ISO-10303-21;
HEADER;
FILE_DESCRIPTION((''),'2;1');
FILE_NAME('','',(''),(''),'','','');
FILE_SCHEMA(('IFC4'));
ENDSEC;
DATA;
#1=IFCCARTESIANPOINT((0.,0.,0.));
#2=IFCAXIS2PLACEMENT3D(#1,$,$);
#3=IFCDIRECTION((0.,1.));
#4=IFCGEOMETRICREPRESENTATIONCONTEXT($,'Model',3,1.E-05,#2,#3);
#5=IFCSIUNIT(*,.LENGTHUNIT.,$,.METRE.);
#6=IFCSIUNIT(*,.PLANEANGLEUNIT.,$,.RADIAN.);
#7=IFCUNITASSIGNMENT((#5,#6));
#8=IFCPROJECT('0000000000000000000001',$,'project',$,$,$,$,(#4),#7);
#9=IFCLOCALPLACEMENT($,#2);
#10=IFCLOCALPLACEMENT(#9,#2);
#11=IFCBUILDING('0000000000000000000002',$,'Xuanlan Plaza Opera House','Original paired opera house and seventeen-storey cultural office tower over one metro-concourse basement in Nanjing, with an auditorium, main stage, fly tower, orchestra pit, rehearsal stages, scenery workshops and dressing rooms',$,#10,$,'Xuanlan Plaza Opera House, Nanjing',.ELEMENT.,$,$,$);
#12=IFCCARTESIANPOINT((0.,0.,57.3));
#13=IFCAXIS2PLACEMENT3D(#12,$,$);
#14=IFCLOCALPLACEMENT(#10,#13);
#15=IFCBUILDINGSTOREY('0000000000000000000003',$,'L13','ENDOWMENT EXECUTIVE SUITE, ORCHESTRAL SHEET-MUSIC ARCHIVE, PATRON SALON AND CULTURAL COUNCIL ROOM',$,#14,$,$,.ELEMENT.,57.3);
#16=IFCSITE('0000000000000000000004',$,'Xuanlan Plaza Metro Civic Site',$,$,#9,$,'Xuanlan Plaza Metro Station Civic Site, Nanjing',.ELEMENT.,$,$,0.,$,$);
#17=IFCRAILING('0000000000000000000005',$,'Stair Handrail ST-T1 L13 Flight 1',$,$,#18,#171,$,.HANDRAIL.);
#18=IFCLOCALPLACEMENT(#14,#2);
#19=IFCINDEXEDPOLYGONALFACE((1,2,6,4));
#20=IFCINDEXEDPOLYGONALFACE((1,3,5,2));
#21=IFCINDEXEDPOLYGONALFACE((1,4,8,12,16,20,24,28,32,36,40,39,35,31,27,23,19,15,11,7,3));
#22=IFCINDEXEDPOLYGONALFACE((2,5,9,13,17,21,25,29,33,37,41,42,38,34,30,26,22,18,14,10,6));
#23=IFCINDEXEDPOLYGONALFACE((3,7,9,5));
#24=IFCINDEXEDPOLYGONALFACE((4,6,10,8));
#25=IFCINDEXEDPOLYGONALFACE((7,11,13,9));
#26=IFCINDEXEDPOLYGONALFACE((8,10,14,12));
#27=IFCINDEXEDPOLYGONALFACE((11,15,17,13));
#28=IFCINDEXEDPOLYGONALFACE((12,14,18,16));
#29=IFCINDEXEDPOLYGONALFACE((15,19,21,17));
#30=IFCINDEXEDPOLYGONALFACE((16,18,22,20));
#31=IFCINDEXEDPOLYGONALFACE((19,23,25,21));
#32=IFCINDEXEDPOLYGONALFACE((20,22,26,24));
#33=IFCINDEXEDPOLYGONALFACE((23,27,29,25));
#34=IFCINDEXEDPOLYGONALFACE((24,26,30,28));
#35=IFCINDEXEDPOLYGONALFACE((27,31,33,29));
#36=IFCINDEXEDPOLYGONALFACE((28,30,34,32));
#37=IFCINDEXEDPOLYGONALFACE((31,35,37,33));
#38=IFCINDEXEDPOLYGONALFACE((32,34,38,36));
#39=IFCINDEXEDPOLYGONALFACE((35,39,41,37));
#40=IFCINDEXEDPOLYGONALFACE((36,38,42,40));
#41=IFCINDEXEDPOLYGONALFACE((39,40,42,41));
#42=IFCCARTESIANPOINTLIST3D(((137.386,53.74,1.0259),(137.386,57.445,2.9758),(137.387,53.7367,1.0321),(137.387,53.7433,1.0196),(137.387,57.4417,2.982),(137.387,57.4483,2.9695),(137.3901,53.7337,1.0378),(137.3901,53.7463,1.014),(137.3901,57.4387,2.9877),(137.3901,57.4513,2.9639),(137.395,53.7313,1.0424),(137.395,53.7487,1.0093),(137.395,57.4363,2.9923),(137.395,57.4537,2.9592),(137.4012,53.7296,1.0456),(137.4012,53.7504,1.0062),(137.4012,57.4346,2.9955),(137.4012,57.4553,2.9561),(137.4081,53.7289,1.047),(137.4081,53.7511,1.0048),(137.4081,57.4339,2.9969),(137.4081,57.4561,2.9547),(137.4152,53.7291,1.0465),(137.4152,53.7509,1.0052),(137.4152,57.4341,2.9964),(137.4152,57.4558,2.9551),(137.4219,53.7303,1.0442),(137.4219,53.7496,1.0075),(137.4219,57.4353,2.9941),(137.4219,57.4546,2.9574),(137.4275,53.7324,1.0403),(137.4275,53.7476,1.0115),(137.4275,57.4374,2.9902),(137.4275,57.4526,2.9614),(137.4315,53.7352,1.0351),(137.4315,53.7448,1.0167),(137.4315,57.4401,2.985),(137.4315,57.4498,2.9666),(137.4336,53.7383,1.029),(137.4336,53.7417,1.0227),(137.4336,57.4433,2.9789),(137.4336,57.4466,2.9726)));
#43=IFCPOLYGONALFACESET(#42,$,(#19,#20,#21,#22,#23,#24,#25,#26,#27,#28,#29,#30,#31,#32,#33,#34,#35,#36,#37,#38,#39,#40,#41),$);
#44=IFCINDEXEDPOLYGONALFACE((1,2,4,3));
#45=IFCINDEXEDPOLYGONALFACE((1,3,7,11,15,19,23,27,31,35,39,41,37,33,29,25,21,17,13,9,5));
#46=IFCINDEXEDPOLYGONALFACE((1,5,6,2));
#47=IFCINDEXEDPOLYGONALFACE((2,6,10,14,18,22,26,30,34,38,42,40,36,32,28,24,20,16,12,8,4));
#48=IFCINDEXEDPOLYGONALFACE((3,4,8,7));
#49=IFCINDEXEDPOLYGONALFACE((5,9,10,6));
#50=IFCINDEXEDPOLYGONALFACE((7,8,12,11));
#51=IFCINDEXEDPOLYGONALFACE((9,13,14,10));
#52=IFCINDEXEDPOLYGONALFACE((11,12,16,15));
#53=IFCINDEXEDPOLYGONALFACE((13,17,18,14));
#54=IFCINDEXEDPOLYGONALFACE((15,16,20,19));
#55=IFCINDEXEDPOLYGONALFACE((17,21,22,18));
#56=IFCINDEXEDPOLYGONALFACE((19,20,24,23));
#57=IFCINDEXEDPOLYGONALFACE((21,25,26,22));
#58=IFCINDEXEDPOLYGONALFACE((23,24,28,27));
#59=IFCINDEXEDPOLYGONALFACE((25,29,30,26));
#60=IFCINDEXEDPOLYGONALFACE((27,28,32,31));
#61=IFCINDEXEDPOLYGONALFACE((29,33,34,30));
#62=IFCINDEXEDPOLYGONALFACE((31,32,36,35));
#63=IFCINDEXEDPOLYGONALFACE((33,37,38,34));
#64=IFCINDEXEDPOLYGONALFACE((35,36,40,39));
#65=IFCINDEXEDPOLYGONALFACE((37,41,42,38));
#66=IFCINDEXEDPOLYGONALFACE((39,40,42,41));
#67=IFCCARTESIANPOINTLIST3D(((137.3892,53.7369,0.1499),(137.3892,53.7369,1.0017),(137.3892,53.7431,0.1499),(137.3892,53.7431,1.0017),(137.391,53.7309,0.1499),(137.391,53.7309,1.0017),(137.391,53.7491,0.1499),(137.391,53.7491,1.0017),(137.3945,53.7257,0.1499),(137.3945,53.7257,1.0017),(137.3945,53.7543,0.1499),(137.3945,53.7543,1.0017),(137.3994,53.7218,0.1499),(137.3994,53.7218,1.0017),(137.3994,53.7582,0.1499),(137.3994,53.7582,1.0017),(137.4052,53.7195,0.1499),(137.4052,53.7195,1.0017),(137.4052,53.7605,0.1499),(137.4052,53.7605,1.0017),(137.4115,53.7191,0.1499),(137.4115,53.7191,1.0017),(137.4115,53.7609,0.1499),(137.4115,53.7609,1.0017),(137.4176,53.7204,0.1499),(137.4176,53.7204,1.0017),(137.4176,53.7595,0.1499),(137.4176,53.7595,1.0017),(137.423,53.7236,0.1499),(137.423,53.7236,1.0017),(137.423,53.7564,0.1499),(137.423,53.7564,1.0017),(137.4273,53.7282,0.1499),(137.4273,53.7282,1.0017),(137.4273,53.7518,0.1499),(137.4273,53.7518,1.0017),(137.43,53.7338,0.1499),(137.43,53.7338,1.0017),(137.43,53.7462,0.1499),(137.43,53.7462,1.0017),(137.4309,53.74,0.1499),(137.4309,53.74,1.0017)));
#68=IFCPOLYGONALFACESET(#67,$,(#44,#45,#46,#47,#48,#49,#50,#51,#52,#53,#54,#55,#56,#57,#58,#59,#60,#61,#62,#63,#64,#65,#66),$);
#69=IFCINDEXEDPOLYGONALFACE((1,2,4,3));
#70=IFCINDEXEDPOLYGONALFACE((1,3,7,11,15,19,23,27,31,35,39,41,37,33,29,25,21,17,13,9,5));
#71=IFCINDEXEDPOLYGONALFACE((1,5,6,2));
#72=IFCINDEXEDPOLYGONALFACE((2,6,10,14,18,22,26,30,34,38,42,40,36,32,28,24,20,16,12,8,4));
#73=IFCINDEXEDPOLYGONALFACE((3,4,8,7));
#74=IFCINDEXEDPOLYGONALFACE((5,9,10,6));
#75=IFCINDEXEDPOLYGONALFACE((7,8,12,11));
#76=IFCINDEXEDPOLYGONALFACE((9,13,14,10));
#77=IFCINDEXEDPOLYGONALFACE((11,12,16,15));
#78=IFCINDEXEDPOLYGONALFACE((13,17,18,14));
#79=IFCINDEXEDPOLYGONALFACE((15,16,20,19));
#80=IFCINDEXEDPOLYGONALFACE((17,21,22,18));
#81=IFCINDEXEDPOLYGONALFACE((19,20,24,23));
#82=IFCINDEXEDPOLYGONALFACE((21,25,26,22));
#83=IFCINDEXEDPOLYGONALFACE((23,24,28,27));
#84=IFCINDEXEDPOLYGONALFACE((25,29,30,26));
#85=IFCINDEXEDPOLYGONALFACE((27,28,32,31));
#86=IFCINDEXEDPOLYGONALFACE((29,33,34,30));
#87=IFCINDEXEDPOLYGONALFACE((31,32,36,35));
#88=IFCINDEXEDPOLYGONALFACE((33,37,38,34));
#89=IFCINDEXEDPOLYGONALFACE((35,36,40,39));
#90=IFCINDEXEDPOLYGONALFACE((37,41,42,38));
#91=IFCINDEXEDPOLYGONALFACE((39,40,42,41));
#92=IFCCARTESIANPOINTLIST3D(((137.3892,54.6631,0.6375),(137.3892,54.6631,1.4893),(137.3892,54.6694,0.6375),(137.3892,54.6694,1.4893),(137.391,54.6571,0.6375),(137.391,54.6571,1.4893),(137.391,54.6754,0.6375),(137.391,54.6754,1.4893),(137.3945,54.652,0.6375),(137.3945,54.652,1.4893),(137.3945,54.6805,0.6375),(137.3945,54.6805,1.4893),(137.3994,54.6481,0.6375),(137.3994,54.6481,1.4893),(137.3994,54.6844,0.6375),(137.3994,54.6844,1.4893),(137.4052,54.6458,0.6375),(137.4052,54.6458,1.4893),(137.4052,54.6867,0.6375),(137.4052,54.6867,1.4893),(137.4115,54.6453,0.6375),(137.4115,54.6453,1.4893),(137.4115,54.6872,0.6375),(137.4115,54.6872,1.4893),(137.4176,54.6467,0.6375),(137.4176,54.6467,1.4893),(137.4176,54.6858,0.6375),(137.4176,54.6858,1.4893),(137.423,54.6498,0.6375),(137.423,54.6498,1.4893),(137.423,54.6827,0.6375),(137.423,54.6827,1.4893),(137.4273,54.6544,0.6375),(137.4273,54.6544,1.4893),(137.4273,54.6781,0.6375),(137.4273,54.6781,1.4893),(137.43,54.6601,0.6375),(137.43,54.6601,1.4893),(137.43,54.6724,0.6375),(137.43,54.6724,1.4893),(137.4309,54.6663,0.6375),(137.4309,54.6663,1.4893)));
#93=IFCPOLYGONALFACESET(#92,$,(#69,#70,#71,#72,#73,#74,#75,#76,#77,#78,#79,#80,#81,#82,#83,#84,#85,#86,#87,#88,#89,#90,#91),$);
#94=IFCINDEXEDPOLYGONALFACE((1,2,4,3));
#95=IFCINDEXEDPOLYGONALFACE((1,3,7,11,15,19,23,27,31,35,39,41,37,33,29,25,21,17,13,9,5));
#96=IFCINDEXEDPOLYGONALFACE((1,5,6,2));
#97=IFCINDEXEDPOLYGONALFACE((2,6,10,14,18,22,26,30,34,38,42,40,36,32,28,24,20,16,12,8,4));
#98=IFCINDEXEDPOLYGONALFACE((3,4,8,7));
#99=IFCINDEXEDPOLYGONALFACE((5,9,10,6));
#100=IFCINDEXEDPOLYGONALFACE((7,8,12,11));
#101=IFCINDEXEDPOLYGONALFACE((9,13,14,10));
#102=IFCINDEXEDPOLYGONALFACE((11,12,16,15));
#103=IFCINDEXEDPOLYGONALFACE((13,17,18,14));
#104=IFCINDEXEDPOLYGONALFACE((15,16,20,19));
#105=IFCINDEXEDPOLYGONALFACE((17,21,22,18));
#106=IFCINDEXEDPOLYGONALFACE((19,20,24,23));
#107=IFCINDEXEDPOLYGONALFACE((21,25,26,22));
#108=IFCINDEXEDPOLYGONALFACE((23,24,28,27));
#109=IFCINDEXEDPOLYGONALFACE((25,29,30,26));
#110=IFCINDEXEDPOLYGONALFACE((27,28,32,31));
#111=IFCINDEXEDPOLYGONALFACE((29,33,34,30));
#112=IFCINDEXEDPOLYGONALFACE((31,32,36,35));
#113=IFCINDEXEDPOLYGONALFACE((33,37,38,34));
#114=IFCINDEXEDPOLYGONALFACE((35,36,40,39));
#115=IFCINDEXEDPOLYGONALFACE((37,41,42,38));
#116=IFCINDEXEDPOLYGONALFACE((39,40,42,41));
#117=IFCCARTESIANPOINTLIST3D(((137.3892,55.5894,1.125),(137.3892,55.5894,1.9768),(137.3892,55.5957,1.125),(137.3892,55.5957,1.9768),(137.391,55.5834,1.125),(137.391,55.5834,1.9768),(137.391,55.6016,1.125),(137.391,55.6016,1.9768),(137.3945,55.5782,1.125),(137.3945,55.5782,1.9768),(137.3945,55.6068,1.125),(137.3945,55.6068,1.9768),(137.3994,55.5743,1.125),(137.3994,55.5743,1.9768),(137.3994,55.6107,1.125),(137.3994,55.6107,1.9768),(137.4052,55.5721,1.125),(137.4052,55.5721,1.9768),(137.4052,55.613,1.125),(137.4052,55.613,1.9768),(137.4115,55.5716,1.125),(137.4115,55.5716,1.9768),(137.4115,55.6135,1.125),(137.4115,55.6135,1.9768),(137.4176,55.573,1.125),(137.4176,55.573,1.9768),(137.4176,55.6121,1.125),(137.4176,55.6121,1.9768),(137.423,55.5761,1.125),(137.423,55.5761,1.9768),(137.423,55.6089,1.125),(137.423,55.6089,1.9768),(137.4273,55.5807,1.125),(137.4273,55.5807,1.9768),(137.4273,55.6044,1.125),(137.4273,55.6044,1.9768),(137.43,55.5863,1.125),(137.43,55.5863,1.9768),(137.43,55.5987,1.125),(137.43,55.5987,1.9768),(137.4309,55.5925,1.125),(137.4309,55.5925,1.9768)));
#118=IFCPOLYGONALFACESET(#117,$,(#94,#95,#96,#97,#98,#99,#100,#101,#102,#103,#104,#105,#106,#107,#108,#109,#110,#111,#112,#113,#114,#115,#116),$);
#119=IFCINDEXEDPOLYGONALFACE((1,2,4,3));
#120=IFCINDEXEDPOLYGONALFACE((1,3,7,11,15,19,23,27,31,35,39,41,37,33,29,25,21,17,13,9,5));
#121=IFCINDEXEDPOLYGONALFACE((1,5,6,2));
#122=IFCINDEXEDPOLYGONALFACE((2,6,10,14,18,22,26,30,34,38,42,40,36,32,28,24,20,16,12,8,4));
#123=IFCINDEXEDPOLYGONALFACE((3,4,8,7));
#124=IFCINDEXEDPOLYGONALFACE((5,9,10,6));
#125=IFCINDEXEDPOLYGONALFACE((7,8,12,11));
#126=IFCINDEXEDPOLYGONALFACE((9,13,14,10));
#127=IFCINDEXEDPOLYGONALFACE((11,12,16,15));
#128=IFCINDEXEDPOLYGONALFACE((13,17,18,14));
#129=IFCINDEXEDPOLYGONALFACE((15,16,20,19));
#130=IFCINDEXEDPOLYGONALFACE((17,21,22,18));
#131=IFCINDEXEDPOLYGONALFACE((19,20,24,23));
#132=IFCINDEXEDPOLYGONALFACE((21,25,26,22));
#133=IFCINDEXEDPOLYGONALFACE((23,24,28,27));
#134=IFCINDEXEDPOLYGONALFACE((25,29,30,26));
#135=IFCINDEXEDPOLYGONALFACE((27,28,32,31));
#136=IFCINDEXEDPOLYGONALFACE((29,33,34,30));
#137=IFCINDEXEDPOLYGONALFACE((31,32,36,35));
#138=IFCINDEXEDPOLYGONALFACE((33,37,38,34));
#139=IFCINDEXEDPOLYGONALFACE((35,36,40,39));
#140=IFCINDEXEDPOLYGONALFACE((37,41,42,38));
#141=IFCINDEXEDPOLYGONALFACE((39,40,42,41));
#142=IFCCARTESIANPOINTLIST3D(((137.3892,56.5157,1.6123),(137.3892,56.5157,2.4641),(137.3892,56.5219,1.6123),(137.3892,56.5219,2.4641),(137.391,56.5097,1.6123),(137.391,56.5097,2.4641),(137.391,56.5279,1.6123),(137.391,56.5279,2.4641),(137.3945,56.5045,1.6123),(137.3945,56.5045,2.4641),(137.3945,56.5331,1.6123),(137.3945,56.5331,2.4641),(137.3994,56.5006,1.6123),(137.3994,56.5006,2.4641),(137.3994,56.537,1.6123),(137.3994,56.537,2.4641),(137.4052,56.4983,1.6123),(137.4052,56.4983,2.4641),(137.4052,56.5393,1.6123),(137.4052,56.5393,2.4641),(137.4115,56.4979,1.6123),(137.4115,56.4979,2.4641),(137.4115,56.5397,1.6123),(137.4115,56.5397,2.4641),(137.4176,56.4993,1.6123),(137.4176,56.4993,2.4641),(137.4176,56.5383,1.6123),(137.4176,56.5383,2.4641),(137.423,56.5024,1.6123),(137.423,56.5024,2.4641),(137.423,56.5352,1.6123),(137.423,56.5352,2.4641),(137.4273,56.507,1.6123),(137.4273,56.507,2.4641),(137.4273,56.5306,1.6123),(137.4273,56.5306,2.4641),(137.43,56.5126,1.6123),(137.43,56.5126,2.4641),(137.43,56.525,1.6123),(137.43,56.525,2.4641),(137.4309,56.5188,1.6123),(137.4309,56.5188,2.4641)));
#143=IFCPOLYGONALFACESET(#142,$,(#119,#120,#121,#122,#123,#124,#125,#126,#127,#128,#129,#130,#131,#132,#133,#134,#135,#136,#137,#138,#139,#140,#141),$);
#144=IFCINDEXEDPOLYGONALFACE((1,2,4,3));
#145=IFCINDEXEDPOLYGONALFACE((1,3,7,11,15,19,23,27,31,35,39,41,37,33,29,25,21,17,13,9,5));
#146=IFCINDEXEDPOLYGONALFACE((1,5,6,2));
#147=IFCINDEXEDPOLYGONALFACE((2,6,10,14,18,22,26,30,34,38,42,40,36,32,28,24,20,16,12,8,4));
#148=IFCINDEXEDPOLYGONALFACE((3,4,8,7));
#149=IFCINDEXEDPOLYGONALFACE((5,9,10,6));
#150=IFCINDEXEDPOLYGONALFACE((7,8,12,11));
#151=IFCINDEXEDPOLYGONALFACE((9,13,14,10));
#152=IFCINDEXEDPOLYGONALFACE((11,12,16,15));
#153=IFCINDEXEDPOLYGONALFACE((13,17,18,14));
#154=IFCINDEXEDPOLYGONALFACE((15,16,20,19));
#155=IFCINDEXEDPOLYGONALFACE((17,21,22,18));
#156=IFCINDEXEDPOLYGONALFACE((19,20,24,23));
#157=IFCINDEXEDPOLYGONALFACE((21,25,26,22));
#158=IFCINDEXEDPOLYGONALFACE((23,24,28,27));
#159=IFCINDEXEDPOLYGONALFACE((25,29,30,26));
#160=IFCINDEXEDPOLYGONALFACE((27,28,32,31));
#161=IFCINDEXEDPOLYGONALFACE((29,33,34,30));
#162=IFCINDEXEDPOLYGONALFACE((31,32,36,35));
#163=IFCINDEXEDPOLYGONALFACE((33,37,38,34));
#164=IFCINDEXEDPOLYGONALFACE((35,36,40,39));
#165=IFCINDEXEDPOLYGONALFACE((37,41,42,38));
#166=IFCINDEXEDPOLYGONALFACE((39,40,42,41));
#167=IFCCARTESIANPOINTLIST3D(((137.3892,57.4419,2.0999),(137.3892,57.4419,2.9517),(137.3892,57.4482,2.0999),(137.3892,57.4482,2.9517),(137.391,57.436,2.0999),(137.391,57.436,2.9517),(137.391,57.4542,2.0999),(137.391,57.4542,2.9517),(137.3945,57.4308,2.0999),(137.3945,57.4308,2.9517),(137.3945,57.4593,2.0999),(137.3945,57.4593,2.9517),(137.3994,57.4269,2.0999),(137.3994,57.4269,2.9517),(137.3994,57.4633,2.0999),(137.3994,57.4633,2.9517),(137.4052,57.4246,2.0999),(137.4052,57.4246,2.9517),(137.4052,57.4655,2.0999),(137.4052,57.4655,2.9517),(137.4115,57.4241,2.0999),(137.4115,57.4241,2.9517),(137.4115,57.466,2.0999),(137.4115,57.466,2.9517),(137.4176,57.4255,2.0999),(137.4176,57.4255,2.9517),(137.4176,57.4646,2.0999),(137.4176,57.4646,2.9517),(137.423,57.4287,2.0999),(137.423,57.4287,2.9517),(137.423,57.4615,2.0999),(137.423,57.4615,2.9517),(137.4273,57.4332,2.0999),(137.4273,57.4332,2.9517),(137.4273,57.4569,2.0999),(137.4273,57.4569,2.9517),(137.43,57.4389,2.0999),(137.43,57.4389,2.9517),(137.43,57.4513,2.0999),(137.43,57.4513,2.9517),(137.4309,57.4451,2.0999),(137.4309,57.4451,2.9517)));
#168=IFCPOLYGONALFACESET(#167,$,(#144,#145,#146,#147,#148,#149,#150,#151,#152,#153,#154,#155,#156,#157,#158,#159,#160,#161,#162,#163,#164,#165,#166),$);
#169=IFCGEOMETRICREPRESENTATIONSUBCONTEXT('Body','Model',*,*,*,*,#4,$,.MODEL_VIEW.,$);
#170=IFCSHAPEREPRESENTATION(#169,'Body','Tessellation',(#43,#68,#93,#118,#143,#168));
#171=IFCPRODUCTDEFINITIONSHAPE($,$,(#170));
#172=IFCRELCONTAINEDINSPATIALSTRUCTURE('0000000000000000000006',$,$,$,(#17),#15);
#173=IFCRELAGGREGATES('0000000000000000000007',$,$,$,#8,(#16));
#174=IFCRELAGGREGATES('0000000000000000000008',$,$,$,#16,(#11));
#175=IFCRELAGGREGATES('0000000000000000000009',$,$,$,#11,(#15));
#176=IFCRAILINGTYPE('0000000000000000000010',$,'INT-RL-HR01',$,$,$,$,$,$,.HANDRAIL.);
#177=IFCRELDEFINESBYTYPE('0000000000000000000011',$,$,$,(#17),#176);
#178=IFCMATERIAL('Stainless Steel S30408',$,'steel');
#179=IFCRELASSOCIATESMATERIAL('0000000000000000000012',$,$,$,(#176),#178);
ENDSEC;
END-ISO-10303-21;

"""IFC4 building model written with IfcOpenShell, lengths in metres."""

from ifc_helpers import new_model, si_unit, direction, frame, origin, origin_2d, place, context, subcontext, project, spatial, circle, extrude, material, type_object, element, save


model = new_model("IFC4")

# Units and contexts
model_context = context("Model", 3, precision=1e-05, world=origin(), true_north=direction((0.0, 1.0)))
body_context = subcontext(model_context, "Body", "Model", "MODEL_VIEW")
ifc_project = project(units=[si_unit("LENGTHUNIT", "METRE"), si_unit("PLANEANGLEUNIT", "RADIAN")], contexts=[model_context])

# Site, building, storey
site_placement = place(None, origin())
site = spatial("IfcSite", under=ifc_project, at=site_placement, Name="Xuanlan Plaza Metro Civic Site", LongName="Xuanlan Plaza Metro Station Civic Site, Nanjing", CompositionType="ELEMENT", RefElevation=0.0)
building_placement = place(site_placement, origin())
building = spatial("IfcBuilding", under=site, at=building_placement, Name="Xuanlan Plaza Opera House", Description="Original paired opera house and seventeen-storey cultural office tower over one metro-concourse basement in Nanjing, with an auditorium, main stage, fly tower, orchestra pit, rehearsal stages, scenery workshops and dressing rooms", LongName="Xuanlan Plaza Opera House, Nanjing", CompositionType="ELEMENT")
storey_placement = place(building_placement, frame((0.0, 0.0, 57.3)))
storey = spatial("IfcBuildingStorey", under=building, at=storey_placement, Name="L13", Description="ENDOWMENT EXECUTIVE SUITE, ORCHESTRAL SHEET-MUSIC ARCHIVE, PATRON SALON AND CULTURAL COUNCIL ROOM", CompositionType="ELEMENT", Elevation=57.3)

# Railing
ifc_material_1 = material(Name="Stainless Steel S30408", Category="steel")
railing_type = type_object("IfcRailingType", Name="INT-RL-HR01", PredefinedType="HANDRAIL", material=ifc_material_1)
for number, where, name in (
    (1, (137.4099, 53.74, 0.1499), "Stair Handrail ST-T1 L13 Flight 1"),
):
    element("IfcRailing", number, at=place(storey_placement, frame(where)), inside=storey, type_object=railing_type, Name=name, PredefinedType="HANDRAIL", context=body_context, shape_type="SweptSolid", body=[
        extrude(circle(Radius=0.0239, at=origin_2d()), frame((0.0, 0.0, 0.876), z_axis=(0.0, 0.884927, 0.46573), x_axis=(-1.0, 0.0, 0.0)), (0.0, 0.0, 1.0), 4.1868),
        extrude(circle(Radius=0.021, at=origin_2d()), origin(), (0.0, 0.0, 1.0), 0.8518),
        extrude(circle(Radius=0.021, at=origin_2d()), frame((0.0, 0.9263, 0.4875)), (0.0, 0.0, 1.0), 0.8518),
        extrude(circle(Radius=0.021, at=origin_2d()), frame((0.0, 1.8525, 0.9751)), (0.0, 0.0, 1.0), 0.8518),
        extrude(circle(Radius=0.021, at=origin_2d()), frame((0.0, 2.7788, 1.4624)), (0.0, 0.0, 1.0), 0.8518),
        extrude(circle(Radius=0.021, at=origin_2d()), frame((0.0, 3.7051, 1.95)), (0.0, 0.0, 1.0), 0.8518),
    ])

save(model, "model.ifc")
